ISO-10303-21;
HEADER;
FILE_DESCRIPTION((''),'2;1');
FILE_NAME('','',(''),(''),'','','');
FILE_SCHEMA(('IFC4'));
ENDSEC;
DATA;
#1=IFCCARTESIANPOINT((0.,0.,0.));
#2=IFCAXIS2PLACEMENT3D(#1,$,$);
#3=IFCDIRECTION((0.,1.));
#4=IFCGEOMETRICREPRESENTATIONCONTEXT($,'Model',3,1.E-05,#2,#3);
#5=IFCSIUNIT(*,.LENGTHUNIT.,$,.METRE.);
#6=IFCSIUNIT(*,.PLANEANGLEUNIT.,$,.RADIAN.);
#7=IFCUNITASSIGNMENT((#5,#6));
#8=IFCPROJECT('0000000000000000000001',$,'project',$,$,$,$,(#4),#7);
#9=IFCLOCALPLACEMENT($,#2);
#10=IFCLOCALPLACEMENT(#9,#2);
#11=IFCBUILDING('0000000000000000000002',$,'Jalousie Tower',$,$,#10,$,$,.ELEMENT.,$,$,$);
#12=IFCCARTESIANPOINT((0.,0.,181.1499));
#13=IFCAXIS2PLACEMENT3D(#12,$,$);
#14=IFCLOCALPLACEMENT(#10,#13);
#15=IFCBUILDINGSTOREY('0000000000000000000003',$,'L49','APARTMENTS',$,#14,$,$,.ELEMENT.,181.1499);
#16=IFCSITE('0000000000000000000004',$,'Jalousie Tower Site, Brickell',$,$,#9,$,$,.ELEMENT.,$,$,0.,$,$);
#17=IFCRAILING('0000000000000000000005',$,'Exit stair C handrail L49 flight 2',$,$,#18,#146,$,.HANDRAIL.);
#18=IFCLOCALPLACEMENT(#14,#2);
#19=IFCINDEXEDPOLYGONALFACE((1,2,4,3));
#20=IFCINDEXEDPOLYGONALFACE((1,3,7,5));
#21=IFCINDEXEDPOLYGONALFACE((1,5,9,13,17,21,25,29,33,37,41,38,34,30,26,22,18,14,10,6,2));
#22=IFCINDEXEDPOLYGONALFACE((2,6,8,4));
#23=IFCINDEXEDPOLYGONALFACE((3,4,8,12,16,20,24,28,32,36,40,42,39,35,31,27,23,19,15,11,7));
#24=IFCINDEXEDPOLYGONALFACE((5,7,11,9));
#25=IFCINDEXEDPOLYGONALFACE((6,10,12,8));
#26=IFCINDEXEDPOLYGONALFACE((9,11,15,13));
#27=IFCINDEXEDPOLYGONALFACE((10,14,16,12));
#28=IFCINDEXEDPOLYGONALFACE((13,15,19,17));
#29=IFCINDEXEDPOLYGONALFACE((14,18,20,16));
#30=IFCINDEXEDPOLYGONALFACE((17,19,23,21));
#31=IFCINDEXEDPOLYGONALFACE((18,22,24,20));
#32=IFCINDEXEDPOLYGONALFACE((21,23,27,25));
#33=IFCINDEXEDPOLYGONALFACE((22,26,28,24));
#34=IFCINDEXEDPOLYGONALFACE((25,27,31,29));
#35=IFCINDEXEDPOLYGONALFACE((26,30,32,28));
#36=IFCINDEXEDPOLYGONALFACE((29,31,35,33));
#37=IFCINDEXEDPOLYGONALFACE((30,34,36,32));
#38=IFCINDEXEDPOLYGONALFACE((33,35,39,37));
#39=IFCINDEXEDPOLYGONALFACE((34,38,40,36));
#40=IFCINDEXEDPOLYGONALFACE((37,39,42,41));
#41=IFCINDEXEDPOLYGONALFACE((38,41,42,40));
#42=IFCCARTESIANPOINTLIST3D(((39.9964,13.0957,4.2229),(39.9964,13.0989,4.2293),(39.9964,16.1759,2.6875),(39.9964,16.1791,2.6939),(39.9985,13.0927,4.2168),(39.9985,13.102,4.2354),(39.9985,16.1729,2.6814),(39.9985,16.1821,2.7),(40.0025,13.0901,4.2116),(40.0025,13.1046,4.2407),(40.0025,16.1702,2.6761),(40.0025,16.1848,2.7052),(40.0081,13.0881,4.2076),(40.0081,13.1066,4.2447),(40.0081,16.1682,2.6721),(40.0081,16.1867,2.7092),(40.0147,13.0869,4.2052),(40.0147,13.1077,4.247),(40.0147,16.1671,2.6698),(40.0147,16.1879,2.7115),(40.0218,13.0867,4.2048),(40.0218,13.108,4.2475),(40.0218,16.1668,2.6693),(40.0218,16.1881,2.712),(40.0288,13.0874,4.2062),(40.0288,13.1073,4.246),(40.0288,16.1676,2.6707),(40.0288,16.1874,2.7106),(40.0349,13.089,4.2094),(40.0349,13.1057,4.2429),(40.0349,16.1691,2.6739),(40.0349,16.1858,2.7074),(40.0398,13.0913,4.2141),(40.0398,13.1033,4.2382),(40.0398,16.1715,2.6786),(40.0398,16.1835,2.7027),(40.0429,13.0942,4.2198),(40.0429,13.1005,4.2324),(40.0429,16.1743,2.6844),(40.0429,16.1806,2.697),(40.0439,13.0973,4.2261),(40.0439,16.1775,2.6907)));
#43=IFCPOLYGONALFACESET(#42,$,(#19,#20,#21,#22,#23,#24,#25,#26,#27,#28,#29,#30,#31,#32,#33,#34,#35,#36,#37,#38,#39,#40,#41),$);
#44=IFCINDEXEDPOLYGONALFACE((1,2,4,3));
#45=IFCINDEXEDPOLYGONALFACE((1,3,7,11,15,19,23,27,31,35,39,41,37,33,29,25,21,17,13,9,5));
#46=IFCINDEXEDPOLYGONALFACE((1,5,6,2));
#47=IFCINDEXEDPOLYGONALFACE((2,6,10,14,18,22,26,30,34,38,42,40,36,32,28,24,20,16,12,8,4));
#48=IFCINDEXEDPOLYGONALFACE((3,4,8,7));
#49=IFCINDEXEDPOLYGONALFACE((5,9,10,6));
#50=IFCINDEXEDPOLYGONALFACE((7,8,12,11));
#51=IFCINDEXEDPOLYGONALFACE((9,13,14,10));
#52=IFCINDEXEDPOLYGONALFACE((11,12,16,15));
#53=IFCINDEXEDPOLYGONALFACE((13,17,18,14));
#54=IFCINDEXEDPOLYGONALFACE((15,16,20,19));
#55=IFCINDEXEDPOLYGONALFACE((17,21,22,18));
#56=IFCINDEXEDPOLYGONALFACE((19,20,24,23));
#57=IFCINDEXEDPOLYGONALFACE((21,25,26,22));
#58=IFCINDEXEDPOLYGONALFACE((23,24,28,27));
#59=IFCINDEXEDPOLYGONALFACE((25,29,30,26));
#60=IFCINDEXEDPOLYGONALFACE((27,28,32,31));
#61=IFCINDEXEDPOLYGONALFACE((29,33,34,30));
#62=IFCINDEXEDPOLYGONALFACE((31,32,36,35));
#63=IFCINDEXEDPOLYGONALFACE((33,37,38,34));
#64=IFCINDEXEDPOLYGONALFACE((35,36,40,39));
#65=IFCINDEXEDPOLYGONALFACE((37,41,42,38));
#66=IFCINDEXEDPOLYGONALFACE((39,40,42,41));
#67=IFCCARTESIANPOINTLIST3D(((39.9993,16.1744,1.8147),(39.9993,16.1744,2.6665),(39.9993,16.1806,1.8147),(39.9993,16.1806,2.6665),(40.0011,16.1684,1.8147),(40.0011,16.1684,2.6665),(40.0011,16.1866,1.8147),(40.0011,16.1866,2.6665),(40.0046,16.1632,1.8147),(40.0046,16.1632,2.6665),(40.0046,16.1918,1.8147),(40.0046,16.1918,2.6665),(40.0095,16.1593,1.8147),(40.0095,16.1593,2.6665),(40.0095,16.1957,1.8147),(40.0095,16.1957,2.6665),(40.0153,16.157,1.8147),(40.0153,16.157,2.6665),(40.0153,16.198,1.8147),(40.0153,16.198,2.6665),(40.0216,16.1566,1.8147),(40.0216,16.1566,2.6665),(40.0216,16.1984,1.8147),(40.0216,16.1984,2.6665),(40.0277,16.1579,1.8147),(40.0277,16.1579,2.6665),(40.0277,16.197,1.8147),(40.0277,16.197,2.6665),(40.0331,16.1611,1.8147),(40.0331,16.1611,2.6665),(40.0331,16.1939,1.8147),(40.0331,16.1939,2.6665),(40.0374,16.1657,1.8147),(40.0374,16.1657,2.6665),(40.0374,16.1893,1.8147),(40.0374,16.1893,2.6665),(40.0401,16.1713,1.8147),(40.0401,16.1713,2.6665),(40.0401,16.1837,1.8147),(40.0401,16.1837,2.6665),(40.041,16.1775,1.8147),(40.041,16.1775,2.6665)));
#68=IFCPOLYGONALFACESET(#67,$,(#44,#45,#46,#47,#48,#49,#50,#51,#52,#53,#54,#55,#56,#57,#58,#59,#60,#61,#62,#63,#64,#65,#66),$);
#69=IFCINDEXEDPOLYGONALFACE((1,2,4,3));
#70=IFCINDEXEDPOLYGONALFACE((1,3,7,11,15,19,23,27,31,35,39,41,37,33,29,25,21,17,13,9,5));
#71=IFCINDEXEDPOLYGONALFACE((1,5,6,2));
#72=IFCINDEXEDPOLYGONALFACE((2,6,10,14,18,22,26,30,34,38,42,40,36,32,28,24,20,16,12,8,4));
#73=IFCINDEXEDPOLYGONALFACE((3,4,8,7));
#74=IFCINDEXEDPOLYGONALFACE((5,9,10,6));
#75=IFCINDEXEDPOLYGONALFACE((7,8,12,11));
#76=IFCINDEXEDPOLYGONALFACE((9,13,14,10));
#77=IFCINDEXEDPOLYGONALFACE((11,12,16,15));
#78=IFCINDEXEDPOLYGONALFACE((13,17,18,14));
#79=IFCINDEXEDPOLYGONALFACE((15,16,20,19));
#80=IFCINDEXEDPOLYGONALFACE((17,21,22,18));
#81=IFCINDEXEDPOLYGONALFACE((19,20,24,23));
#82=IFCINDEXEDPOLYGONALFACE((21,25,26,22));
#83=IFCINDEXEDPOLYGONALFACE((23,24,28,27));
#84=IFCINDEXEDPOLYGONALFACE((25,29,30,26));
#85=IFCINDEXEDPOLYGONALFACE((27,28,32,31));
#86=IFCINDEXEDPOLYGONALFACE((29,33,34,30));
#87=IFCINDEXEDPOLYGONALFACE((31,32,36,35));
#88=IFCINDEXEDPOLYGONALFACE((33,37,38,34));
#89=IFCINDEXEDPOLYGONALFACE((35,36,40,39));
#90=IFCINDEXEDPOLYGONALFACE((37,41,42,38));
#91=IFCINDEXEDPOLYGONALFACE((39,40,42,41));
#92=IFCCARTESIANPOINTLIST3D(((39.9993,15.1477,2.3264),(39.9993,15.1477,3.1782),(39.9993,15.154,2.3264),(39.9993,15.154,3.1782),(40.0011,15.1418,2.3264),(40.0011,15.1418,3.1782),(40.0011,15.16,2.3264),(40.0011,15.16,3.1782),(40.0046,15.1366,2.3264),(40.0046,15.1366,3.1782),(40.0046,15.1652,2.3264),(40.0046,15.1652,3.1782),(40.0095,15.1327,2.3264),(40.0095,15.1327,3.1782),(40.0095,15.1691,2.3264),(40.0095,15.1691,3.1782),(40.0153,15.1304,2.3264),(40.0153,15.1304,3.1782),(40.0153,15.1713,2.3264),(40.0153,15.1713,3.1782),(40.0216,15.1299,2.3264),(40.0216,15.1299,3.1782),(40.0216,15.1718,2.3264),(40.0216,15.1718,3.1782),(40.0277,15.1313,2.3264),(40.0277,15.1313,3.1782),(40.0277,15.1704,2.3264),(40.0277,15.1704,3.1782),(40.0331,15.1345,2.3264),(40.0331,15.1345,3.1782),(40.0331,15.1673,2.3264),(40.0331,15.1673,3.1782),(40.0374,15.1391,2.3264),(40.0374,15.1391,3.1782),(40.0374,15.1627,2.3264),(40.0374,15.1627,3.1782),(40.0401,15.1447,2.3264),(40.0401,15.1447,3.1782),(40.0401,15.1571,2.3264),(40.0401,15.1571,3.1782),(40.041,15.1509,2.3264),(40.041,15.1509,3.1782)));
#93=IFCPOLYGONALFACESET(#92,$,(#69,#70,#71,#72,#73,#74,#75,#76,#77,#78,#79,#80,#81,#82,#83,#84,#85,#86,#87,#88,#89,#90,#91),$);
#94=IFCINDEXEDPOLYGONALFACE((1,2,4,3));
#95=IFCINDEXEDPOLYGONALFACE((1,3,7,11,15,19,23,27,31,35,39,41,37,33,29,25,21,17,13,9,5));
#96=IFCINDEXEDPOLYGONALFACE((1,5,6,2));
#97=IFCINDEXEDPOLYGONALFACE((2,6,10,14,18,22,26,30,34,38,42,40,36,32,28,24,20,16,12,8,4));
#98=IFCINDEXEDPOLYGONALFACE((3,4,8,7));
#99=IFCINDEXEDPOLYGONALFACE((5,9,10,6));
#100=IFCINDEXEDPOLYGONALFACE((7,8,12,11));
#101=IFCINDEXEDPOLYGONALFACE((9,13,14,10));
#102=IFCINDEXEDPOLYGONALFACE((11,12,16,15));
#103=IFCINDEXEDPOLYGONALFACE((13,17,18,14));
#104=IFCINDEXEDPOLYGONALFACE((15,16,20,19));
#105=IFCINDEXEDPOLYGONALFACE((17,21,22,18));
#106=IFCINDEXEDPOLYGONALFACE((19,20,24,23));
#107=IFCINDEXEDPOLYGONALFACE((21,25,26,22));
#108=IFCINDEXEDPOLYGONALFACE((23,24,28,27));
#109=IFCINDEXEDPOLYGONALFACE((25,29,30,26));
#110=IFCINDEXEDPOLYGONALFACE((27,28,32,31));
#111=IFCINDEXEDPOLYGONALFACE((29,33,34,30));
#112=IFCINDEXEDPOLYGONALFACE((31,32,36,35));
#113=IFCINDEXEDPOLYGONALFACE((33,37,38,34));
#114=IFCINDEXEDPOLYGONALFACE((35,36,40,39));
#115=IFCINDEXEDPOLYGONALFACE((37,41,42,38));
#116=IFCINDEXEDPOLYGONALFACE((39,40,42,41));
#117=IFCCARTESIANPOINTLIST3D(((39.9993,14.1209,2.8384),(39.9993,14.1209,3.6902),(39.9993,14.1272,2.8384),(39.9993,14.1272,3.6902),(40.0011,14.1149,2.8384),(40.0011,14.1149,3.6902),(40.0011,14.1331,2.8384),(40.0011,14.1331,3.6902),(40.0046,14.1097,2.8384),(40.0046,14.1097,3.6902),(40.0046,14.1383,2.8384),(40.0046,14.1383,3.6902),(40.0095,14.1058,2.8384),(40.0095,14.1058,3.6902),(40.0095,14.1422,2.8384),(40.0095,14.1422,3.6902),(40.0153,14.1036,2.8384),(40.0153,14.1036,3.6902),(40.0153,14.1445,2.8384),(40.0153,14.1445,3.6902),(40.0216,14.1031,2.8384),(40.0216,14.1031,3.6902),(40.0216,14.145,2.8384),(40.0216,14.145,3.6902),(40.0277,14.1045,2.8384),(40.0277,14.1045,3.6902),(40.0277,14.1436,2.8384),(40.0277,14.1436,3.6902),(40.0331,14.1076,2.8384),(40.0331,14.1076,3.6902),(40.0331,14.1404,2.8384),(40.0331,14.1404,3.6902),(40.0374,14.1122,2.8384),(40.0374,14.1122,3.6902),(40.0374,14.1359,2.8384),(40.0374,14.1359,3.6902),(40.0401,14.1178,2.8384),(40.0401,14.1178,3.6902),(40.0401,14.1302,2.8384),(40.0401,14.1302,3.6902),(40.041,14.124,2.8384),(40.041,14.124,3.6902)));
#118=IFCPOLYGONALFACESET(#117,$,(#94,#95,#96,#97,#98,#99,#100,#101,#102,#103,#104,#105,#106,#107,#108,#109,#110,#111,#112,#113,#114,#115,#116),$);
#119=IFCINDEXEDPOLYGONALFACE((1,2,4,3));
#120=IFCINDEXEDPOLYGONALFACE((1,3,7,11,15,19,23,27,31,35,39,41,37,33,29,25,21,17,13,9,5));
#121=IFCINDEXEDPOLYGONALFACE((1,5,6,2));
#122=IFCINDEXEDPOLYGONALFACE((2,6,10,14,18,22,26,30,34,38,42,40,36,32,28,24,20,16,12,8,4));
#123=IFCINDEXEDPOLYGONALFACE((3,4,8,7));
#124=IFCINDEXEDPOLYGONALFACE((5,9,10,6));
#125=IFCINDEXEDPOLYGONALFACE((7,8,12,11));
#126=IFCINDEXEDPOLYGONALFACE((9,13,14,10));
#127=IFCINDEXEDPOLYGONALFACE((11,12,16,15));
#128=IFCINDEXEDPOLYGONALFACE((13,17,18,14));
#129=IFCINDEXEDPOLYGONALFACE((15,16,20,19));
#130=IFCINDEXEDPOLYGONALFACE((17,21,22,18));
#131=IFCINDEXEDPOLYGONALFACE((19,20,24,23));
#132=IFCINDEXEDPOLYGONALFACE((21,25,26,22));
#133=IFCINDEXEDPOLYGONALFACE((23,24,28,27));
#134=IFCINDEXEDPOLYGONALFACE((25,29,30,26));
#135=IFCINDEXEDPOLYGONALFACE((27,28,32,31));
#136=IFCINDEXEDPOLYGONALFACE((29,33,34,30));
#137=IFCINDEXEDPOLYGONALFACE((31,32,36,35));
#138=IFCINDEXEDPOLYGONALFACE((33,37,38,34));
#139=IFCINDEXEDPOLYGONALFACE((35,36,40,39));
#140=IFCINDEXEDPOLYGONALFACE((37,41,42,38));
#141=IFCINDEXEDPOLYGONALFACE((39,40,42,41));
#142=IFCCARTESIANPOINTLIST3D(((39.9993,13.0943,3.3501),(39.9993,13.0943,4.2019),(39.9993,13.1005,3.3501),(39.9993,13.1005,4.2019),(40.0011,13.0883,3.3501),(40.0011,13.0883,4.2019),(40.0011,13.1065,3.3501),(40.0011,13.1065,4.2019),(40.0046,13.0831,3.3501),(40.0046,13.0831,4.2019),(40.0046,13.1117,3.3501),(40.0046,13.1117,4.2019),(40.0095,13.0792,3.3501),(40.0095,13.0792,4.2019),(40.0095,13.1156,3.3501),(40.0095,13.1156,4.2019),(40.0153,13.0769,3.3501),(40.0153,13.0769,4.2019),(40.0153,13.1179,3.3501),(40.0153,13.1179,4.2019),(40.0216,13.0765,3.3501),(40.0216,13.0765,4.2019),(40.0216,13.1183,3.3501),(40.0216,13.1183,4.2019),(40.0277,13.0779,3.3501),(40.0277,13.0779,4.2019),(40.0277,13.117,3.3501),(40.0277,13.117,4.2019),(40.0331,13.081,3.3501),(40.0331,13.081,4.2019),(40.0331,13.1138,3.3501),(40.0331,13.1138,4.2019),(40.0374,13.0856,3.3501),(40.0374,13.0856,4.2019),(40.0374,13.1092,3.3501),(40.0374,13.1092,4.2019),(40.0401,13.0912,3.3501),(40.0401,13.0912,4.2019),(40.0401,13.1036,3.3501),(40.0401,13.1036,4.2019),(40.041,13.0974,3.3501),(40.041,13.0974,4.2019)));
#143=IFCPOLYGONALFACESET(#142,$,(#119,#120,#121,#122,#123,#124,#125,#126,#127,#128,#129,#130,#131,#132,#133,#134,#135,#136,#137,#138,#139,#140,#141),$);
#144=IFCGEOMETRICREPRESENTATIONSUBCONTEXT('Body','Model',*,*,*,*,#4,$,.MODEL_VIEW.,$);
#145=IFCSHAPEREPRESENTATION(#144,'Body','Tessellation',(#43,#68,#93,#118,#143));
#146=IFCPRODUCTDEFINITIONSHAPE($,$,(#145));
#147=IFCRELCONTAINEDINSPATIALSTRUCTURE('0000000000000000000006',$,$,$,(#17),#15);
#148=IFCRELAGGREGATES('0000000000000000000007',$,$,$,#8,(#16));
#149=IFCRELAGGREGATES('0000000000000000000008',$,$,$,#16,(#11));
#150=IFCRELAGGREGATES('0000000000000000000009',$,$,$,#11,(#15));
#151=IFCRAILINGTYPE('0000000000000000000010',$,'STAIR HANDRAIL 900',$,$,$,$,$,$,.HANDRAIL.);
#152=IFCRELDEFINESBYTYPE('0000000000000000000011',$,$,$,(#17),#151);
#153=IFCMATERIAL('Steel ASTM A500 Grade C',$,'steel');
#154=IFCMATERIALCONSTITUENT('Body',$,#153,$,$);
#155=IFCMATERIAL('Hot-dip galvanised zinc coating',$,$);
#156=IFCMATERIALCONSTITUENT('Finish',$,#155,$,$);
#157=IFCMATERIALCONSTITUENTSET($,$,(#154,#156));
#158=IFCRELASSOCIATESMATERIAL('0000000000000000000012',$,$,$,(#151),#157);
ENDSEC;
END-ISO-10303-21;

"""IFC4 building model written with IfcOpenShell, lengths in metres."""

from ifc_helpers import new_model, si_unit, direction, frame, origin, origin_2d, place, context, subcontext, project, spatial, circle, extrude, material, constituent, constituent_set, type_object, element, save


model = new_model("IFC4")

# Units and contexts
model_context = context("Model", 3, precision=1e-05, world=origin(), true_north=direction((0.0, 1.0)))
body_context = subcontext(model_context, "Body", "Model", "MODEL_VIEW")
ifc_project = project(units=[si_unit("LENGTHUNIT", "METRE"), si_unit("PLANEANGLEUNIT", "RADIAN")], contexts=[model_context])

# Site, building, storey
site_placement = place(None, origin())
site = spatial("IfcSite", under=ifc_project, at=site_placement, Name="Jalousie Tower Site, Brickell", CompositionType="ELEMENT", RefElevation=0.0)
building_placement = place(site_placement, origin())
building = spatial("IfcBuilding", under=site, at=building_placement, Name="Jalousie Tower", CompositionType="ELEMENT")
storey_placement = place(building_placement, frame((0.0, 0.0, 181.1499)))
storey = spatial("IfcBuildingStorey", under=building, at=storey_placement, Name="L49", Description="APARTMENTS", CompositionType="ELEMENT", Elevation=181.1499)

# Railing
ifc_material_1 = material(Name="Steel ASTM A500 Grade C", Category="steel")
ifc_constituent_1 = constituent(ifc_material_1, Name="Body")
ifc_material_2 = material(Name="Hot-dip galvanised zinc coating")
ifc_constituent_2 = constituent(ifc_material_2, Name="Finish")
ifc_constituent_set_1 = constituent_set(constituents=[ifc_constituent_1, ifc_constituent_2])
railing_type_1 = type_object("IfcRailingType", Name="STAIR HANDRAIL 900", PredefinedType="HANDRAIL", material=ifc_constituent_set_1)
railing_1_placement = place(storey_placement, frame((40.02, 16.1775, 1.8147)))
element("IfcRailing", 1, at=railing_1_placement, inside=storey, type_object=railing_type_1, Name="Exit stair C handrail L49 flight 2", PredefinedType="HANDRAIL", context=body_context, shape_type="SweptSolid", body=[
    extrude(circle(Radius=0.0239, at=origin_2d()), frame((0.0, 0.0, 0.876), z_axis=(0.0, -0.894966, 0.446135), x_axis=(1.0, 0.0, 0.0)), (0.0, 0.0, 1.0), 3.4417),
    extrude(circle(Radius=0.021, at=origin_2d()), origin(), (0.0, 0.0, 1.0), 0.8518),
    extrude(circle(Radius=0.021, at=origin_2d()), frame((0.0, -1.0266, 0.5117)), (0.0, 0.0, 1.0), 0.8518),
    extrude(circle(Radius=0.021, at=origin_2d()), frame((0.0, -2.0535, 1.0237)), (0.0, 0.0, 1.0), 0.8518),
    extrude(circle(Radius=0.021, at=origin_2d()), frame((0.0, -3.0801, 1.5354)), (0.0, 0.0, 1.0), 0.8518),
])

save(model, "model.ifc")
